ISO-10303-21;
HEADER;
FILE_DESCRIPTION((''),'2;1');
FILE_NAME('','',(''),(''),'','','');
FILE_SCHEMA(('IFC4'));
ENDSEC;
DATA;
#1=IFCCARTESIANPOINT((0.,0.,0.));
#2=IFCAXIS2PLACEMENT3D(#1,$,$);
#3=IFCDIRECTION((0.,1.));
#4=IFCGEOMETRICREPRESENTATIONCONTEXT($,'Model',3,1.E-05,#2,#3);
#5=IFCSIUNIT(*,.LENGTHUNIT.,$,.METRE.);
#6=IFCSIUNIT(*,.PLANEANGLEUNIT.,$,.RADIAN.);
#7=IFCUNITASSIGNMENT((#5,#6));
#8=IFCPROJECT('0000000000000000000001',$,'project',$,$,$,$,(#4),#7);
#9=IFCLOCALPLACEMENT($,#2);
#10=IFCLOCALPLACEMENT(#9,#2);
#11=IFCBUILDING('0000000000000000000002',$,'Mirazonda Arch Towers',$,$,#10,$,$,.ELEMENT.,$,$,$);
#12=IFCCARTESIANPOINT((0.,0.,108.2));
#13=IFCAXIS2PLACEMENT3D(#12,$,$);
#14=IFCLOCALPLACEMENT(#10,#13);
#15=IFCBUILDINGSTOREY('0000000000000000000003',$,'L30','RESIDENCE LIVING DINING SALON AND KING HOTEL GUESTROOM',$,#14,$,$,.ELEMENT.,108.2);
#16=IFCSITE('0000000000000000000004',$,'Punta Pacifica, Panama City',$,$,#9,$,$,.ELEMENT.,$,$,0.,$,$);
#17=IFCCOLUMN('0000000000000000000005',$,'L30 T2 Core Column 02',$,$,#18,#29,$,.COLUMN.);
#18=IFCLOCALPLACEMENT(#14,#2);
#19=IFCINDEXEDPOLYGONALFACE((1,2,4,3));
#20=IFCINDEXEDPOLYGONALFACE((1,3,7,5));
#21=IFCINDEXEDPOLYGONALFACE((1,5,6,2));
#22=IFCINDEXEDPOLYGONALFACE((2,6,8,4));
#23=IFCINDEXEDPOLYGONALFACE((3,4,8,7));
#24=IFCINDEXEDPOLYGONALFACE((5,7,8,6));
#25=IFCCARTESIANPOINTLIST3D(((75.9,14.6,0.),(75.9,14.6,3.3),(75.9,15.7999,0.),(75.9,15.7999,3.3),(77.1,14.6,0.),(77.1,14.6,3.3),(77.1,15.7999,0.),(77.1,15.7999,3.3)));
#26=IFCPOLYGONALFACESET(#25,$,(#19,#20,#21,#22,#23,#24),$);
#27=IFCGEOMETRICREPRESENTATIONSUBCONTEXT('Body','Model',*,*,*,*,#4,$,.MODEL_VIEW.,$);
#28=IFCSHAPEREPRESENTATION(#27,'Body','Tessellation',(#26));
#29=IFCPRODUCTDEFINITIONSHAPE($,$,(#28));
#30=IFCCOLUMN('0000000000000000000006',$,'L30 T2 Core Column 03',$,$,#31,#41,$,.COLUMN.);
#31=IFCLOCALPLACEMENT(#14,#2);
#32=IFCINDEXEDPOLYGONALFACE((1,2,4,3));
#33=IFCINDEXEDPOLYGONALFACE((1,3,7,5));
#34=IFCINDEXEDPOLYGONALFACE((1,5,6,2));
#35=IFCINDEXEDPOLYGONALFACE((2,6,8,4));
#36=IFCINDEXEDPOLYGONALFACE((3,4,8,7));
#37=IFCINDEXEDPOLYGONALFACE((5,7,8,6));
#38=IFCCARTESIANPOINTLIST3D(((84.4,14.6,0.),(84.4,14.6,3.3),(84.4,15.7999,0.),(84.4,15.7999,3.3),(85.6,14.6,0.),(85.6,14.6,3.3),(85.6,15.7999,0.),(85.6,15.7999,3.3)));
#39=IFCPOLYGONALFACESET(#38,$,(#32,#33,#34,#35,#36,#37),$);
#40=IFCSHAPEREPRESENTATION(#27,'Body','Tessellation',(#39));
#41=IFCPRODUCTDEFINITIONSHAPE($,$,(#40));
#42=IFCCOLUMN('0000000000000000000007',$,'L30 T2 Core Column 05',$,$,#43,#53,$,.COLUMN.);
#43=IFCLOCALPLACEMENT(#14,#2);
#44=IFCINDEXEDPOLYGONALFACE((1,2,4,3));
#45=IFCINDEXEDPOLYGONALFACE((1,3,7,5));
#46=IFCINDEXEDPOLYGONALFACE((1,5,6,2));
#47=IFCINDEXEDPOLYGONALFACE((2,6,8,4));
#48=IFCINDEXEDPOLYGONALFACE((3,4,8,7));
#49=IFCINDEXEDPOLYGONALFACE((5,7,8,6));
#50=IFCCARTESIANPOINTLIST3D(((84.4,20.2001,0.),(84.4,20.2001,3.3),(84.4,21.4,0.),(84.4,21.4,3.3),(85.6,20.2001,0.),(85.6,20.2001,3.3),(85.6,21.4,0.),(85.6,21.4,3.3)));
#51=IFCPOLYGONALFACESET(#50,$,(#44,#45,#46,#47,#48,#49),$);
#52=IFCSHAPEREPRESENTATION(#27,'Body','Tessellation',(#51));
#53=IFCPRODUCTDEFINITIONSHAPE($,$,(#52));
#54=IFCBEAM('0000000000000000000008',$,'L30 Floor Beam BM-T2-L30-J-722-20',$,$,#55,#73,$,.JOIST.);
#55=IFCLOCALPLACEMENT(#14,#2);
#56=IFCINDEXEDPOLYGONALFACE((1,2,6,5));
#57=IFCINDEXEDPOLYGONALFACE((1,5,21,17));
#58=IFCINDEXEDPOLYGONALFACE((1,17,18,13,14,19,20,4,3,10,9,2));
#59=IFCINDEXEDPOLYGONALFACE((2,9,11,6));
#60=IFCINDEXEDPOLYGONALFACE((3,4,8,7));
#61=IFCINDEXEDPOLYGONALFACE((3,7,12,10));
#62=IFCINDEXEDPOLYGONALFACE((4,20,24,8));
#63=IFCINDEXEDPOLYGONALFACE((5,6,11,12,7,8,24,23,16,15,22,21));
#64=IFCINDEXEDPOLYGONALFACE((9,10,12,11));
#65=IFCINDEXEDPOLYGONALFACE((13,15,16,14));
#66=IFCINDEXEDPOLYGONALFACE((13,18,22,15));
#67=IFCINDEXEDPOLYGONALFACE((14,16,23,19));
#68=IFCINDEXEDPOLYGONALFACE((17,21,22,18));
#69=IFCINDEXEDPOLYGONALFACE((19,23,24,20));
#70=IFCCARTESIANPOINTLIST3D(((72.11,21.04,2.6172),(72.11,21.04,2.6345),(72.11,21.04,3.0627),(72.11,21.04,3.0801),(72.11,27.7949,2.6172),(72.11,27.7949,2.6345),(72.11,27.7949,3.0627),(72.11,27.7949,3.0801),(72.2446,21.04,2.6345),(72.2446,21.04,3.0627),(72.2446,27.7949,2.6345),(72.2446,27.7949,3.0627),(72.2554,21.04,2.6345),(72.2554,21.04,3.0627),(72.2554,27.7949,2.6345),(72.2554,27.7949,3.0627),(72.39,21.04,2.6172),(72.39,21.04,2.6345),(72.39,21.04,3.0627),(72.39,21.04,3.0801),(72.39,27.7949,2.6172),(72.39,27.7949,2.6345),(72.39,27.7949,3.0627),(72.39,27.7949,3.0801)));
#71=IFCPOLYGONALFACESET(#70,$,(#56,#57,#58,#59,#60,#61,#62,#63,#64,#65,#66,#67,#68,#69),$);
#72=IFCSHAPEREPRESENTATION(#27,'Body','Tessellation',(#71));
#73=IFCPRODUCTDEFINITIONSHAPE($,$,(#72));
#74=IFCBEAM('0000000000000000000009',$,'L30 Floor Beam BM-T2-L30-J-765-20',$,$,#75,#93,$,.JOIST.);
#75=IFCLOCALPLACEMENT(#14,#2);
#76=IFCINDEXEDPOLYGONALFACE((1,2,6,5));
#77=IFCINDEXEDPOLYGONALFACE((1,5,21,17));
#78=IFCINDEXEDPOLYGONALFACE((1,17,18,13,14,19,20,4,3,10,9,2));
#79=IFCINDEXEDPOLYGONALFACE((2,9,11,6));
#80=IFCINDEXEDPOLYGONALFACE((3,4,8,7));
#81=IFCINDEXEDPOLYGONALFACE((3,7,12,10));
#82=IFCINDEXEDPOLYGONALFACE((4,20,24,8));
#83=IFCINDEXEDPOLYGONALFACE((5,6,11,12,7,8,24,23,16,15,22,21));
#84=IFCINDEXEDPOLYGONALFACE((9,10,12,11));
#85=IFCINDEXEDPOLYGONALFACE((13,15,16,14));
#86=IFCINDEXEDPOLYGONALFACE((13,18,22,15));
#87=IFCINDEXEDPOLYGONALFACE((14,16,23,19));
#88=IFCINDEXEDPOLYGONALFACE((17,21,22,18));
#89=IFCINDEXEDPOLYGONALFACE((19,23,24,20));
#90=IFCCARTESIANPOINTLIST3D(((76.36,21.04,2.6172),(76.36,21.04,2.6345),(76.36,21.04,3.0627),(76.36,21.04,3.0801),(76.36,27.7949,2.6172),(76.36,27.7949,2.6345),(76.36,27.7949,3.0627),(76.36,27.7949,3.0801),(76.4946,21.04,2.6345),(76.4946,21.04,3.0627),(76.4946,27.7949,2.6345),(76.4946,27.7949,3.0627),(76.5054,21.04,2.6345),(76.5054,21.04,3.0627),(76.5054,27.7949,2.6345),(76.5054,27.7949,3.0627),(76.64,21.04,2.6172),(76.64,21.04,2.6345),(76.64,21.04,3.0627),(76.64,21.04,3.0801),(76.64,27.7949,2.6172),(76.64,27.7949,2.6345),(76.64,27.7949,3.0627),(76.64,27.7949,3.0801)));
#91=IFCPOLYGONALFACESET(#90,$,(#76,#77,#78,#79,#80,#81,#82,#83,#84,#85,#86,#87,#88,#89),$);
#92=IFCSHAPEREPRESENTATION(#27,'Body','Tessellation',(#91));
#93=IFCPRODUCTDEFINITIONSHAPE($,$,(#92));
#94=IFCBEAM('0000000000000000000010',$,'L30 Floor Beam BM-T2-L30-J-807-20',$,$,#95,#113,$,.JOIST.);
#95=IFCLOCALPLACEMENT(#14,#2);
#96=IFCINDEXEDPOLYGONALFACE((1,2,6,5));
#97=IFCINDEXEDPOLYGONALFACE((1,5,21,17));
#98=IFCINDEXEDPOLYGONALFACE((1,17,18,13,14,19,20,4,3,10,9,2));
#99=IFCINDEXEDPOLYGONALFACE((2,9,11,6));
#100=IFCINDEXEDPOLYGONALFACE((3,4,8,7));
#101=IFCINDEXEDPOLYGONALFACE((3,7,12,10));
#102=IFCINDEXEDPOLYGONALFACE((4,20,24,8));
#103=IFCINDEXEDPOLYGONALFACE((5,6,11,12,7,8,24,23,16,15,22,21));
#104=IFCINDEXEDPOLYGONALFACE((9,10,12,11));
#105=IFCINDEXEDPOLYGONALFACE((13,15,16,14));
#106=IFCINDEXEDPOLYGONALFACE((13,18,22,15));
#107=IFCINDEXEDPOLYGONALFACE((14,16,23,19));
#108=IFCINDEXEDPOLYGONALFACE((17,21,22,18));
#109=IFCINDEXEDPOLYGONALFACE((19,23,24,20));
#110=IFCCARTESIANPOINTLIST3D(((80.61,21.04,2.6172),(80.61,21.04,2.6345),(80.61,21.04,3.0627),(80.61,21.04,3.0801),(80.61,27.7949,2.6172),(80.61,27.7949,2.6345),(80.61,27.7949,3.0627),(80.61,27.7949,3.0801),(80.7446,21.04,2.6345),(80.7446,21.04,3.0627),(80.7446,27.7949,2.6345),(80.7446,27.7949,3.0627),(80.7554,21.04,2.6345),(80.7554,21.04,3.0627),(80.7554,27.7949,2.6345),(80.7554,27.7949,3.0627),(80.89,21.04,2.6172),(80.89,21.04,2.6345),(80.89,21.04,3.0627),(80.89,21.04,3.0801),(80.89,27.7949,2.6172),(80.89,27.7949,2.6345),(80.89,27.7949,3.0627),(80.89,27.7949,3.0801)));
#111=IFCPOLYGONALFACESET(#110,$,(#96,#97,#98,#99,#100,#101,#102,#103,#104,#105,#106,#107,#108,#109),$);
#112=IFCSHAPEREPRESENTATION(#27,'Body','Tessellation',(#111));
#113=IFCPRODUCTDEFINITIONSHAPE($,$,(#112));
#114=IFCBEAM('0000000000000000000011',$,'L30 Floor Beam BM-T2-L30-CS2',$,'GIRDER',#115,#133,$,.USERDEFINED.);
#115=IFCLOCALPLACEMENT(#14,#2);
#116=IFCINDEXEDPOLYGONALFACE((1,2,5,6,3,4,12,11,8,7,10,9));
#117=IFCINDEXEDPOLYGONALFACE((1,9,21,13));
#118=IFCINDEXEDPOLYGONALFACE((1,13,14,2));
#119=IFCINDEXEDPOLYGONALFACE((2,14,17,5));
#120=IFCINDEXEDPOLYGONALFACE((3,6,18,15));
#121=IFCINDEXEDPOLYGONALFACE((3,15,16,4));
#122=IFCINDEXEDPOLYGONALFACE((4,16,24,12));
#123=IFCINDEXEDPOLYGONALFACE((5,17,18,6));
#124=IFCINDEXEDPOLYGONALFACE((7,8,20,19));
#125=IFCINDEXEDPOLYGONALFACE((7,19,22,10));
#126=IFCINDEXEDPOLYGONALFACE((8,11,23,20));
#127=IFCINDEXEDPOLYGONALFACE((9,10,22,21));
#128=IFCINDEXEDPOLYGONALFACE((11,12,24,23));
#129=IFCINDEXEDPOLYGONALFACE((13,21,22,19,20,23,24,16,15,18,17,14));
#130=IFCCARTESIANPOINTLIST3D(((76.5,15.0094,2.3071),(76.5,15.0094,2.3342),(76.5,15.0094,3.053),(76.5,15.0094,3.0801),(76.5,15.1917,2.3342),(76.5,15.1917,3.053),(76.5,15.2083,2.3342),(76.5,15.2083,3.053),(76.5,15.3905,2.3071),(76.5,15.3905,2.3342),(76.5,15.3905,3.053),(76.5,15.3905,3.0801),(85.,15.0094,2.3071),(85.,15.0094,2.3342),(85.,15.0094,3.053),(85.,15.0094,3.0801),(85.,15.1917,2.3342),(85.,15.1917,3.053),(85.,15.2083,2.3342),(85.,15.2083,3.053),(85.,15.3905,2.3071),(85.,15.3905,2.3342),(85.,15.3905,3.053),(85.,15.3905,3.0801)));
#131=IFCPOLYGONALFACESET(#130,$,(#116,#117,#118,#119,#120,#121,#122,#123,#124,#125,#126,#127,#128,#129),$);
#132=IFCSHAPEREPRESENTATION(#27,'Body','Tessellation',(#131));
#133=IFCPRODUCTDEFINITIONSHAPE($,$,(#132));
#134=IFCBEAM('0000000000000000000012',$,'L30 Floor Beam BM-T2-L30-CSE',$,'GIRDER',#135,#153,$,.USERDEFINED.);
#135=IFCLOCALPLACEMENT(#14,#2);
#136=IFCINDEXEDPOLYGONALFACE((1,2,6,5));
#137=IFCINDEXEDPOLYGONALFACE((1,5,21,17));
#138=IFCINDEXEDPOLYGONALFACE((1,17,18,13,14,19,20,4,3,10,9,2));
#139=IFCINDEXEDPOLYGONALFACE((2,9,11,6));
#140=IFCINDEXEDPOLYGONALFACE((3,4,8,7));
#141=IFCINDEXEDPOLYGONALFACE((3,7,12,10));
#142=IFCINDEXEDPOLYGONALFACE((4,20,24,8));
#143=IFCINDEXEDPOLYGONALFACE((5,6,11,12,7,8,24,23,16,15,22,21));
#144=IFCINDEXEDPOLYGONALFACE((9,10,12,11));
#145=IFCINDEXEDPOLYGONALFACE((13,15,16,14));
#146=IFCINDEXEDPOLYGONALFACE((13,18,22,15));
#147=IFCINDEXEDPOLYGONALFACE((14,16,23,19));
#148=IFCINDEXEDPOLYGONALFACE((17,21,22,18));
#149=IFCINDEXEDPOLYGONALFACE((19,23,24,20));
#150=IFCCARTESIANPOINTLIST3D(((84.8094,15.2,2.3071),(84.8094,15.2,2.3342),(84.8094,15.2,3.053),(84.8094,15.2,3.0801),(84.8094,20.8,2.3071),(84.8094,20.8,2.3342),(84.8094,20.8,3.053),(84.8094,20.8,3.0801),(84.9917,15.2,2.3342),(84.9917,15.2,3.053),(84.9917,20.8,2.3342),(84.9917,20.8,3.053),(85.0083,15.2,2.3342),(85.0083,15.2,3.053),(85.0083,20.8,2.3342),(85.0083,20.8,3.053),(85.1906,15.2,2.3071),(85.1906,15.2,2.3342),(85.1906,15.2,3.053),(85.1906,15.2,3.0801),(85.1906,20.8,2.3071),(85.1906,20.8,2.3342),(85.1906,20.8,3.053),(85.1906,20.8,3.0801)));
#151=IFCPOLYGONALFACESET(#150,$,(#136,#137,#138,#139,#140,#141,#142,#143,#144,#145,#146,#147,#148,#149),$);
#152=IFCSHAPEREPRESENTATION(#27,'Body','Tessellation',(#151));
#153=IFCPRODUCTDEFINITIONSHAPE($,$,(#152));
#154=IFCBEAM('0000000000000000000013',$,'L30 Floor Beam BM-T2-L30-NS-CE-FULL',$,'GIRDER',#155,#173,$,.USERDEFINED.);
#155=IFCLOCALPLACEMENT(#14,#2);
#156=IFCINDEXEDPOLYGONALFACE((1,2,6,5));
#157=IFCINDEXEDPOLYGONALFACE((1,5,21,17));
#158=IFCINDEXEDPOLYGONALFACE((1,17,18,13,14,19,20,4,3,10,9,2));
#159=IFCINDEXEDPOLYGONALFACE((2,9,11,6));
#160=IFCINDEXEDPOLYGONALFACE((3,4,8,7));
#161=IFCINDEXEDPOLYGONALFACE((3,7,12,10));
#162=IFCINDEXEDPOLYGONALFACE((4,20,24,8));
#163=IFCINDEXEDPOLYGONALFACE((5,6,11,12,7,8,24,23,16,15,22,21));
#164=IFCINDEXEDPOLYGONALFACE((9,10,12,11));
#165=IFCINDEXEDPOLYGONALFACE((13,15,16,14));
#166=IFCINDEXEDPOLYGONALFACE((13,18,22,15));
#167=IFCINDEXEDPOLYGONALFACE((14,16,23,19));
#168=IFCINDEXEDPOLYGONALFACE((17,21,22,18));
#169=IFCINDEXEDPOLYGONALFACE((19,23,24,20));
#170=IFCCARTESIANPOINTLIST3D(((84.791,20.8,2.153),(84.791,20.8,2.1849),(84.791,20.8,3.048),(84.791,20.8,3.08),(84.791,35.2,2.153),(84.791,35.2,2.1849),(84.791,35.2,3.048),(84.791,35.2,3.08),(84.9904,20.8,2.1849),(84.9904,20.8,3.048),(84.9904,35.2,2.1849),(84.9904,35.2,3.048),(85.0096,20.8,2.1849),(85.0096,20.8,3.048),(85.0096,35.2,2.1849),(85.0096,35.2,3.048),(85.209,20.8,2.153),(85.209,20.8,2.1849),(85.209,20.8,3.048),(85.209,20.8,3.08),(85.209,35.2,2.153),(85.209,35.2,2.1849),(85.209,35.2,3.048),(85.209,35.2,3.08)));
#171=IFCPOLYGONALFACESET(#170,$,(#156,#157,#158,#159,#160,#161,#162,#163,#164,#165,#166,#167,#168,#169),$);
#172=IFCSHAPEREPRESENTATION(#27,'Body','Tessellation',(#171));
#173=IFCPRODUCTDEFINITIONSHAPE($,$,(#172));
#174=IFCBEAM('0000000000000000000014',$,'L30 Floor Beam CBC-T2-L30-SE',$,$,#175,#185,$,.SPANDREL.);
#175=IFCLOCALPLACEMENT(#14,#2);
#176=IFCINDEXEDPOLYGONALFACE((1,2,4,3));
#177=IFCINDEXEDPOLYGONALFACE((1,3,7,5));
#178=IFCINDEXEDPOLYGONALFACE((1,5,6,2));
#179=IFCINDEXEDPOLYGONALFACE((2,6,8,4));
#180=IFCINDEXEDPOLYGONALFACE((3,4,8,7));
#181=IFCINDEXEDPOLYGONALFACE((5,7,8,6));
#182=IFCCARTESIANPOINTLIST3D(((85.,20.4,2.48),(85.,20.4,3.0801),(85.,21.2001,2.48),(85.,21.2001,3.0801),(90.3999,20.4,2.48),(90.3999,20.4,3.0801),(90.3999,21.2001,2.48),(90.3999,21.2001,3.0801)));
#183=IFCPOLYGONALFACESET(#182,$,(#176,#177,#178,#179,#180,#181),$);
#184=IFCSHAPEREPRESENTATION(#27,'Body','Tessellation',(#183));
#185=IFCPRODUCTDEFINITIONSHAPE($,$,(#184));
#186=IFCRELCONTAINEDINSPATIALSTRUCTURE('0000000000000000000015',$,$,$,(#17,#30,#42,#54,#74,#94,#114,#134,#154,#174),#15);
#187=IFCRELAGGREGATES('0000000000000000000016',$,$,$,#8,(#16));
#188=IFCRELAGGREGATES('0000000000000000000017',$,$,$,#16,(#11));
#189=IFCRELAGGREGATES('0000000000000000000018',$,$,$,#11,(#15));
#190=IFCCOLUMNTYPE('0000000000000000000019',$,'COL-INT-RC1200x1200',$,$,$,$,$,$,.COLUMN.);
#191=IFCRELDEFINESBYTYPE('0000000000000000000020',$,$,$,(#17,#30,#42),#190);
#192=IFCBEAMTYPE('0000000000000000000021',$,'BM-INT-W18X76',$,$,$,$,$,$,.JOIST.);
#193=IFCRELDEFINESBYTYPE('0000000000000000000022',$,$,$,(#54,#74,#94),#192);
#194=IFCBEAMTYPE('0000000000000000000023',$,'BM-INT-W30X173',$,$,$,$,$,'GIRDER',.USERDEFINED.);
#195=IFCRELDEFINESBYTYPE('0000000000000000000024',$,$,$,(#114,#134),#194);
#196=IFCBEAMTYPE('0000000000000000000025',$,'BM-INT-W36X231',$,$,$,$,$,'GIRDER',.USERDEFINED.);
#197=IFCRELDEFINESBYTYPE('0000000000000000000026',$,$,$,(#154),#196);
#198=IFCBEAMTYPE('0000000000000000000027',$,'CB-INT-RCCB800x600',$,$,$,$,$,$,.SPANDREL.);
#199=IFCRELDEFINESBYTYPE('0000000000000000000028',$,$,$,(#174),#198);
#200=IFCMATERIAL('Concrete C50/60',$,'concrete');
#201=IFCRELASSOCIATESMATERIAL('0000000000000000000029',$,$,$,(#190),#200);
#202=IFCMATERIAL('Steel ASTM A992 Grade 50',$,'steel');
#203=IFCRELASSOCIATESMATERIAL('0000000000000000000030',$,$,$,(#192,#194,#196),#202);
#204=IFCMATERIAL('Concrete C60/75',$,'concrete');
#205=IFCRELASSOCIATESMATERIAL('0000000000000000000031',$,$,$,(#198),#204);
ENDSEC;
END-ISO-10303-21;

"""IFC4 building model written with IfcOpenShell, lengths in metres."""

from ifc_helpers import new_model, si_unit, direction, frame, origin, origin_2d, place, context, subcontext, project, spatial, rectangle, i_section, extrude, material, material_profile, profile_set, type_object, element, save


model = new_model("IFC4")

# Units and contexts
model_context = context("Model", 3, precision=1e-05, world=origin(), true_north=direction((0.0, 1.0)))
body_context = subcontext(model_context, "Body", "Model", "MODEL_VIEW")
ifc_project = project(units=[si_unit("LENGTHUNIT", "METRE"), si_unit("PLANEANGLEUNIT", "RADIAN")], contexts=[model_context])

# Site, building, storey
site_placement = place(None, origin())
site = spatial("IfcSite", under=ifc_project, at=site_placement, Name="Punta Pacifica, Panama City", CompositionType="ELEMENT", RefElevation=0.0)
building_placement = place(site_placement, origin())
building = spatial("IfcBuilding", under=site, at=building_placement, Name="Mirazonda Arch Towers", CompositionType="ELEMENT")
storey_placement = place(building_placement, frame((0.0, 0.0, 108.2)))
storey = spatial("IfcBuildingStorey", under=building, at=storey_placement, Name="L30", Description="RESIDENCE LIVING DINING SALON AND KING HOTEL GUESTROOM", CompositionType="ELEMENT", Elevation=108.2)

# Columns
ifc_material_1 = material(Name="Concrete C50/60", Category="concrete")
ifc_material_profile_1 = material_profile(ifc_material_1, rectangle(XDim=1.2, YDim=1.2, at=origin_2d()), Name="RC1200x1200")
ifc_profile_set_1 = profile_set([ifc_material_profile_1], Name="Concrete C50/60")
column_type = type_object("IfcColumnType", Name="COL-INT-RC1200x1200", PredefinedType="COLUMN", material=ifc_profile_set_1)
for number, where, z_axis, x_axis, name in (
    (1, (76.5, 15.2, 0.0), (0.0, 0.0, 1.0), (1.0, 0.0, 0.0), "L30 T2 Core Column 02"),
    (2, (85.0, 15.2, 0.0), (0.0, 0.0, 1.0), (1.0, 0.0, 0.0), "L30 T2 Core Column 03"),
    (3, (85.0, 20.8, 0.0), (0.0, 0.0, 1.0), (1.0, 0.0, 0.0), "L30 T2 Core Column 05"),
):
    element("IfcColumn", number, at=place(storey_placement, frame(where, z_axis=z_axis, x_axis=x_axis)), inside=storey, type_object=column_type, Name=name, PredefinedType="COLUMN", context=body_context, shape_type="SweptSolid", body=[
        extrude(rectangle(XDim=1.2, YDim=1.2, at=origin_2d()), origin(), (0.0, 0.0, 1.0), 3.3),
    ])

# Beams
ifc_material_2 = material(Name="Steel ASTM A992 Grade 50", Category="steel")
ifc_material_profile_2 = material_profile(ifc_material_2, i_section(OverallWidth=0.28, OverallDepth=0.4629, WebThickness=0.0107, FlangeThickness=0.0173, at=origin_2d()), Name="W18X76")
ifc_profile_set_2 = profile_set([ifc_material_profile_2], Name="Steel ASTM A992 Grade 50")
beam_type_1 = type_object("IfcBeamType", Name="BM-INT-W18X76", PredefinedType="JOIST", material=ifc_profile_set_2)
for number, where, z_axis, x_axis, name in (
    (4, (72.25, 21.04, 2.8486), (0.0, 1.0, 0.0), (-1.0, 0.0, 0.0), "L30 Floor Beam BM-T2-L30-J-722-20"),
    (5, (76.5, 21.04, 2.8486), (0.0, 1.0, 0.0), (-1.0, 0.0, 0.0), "L30 Floor Beam BM-T2-L30-J-765-20"),
    (6, (80.75, 21.04, 2.8486), (0.0, 1.0, 0.0), (-1.0, 0.0, 0.0), "L30 Floor Beam BM-T2-L30-J-807-20"),
):
    element("IfcBeam", number, at=place(storey_placement, frame(where, z_axis=z_axis, x_axis=x_axis)), inside=storey, type_object=beam_type_1, Name=name, PredefinedType="JOIST", context=body_context, shape_type="SweptSolid", body=[
        extrude(i_section(OverallWidth=0.28, OverallDepth=0.4629, WebThickness=0.0107, FlangeThickness=0.0173, at=origin_2d()), origin(), (0.0, 0.0, 1.0), 6.7549),
    ])
ifc_material_profile_3 = material_profile(ifc_material_2, i_section(OverallWidth=0.3811, OverallDepth=0.7729, WebThickness=0.0166, FlangeThickness=0.0271, at=origin_2d()), Name="W30X173")
ifc_profile_set_3 = profile_set([ifc_material_profile_3], Name="Steel ASTM A992 Grade 50")
beam_type_2 = type_object("IfcBeamType", Name="BM-INT-W30X173", ElementType="GIRDER", PredefinedType="USERDEFINED", material=ifc_profile_set_3)
beam_1_placement = place(storey_placement, frame((76.5, 15.2, 2.6936), z_axis=(1.0, 0.0, 0.0), x_axis=(0.0, 1.0, 0.0)))
element("IfcBeam", 7, at=beam_1_placement, inside=storey, type_object=beam_type_2, Name="L30 Floor Beam BM-T2-L30-CS2", ObjectType="GIRDER", PredefinedType="USERDEFINED", context=body_context, shape_type="SweptSolid", body=[
    extrude(i_section(OverallWidth=0.3811, OverallDepth=0.7729, WebThickness=0.0166, FlangeThickness=0.0271, at=origin_2d()), origin(), (0.0, 0.0, 1.0), 8.5),
])
beam_2_placement = place(storey_placement, frame((85.0, 15.2, 2.6936), z_axis=(0.0, 1.0, 0.0), x_axis=(-1.0, 0.0, 0.0)))
element("IfcBeam", 8, at=beam_2_placement, inside=storey, type_object=beam_type_2, Name="L30 Floor Beam BM-T2-L30-CSE", ObjectType="GIRDER", PredefinedType="USERDEFINED", context=body_context, shape_type="SweptSolid", body=[
    extrude(i_section(OverallWidth=0.3811, OverallDepth=0.7729, WebThickness=0.0166, FlangeThickness=0.0271, at=origin_2d()), origin(), (0.0, 0.0, 1.0), 5.6001),
])
ifc_material_profile_4 = material_profile(ifc_material_2, i_section(OverallWidth=0.418, OverallDepth=0.927, WebThickness=0.0193, FlangeThickness=0.032, at=origin_2d()), Name="W36X231")
ifc_profile_set_4 = profile_set([ifc_material_profile_4], Name="Steel ASTM A992 Grade 50")
beam_type_3 = type_object("IfcBeamType", Name="BM-INT-W36X231", ElementType="GIRDER", PredefinedType="USERDEFINED", material=ifc_profile_set_4)
beam_3_placement = place(storey_placement, frame((85.0, 20.8, 2.6165), z_axis=(0.0, 1.0, 0.0), x_axis=(-1.0, 0.0, 0.0)))
element("IfcBeam", 9, at=beam_3_placement, inside=storey, type_object=beam_type_3, Name="L30 Floor Beam BM-T2-L30-NS-CE-FULL", ObjectType="GIRDER", PredefinedType="USERDEFINED", context=body_context, shape_type="SweptSolid", body=[
    extrude(i_section(OverallWidth=0.418, OverallDepth=0.927, WebThickness=0.0193, FlangeThickness=0.032, at=origin_2d()), origin(), (0.0, 0.0, 1.0), 14.3999),
])
ifc_material_3 = material(Name="Concrete C60/75", Category="concrete")
ifc_material_profile_5 = material_profile(ifc_material_3, rectangle(XDim=0.8, YDim=0.6001, at=origin_2d()), Name="RCCB800x600")
ifc_profile_set_5 = profile_set([ifc_material_profile_5], Name="Concrete C60/75")
beam_type_4 = type_object("IfcBeamType", Name="CB-INT-RCCB800x600", PredefinedType="SPANDREL", material=ifc_profile_set_5)
beam_4_placement = place(storey_placement, frame((85.0, 20.8, 2.78), z_axis=(1.0, 0.0, 0.0), x_axis=(0.0, 1.0, 0.0)))
element("IfcBeam", 10, at=beam_4_placement, inside=storey, type_object=beam_type_4, Name="L30 Floor Beam CBC-T2-L30-SE", PredefinedType="SPANDREL", context=body_context, shape_type="SweptSolid", body=[
    extrude(rectangle(XDim=0.8, YDim=0.6001, at=origin_2d()), origin(), (0.0, 0.0, 1.0), 5.3999),
])

save(model, "model.ifc")
